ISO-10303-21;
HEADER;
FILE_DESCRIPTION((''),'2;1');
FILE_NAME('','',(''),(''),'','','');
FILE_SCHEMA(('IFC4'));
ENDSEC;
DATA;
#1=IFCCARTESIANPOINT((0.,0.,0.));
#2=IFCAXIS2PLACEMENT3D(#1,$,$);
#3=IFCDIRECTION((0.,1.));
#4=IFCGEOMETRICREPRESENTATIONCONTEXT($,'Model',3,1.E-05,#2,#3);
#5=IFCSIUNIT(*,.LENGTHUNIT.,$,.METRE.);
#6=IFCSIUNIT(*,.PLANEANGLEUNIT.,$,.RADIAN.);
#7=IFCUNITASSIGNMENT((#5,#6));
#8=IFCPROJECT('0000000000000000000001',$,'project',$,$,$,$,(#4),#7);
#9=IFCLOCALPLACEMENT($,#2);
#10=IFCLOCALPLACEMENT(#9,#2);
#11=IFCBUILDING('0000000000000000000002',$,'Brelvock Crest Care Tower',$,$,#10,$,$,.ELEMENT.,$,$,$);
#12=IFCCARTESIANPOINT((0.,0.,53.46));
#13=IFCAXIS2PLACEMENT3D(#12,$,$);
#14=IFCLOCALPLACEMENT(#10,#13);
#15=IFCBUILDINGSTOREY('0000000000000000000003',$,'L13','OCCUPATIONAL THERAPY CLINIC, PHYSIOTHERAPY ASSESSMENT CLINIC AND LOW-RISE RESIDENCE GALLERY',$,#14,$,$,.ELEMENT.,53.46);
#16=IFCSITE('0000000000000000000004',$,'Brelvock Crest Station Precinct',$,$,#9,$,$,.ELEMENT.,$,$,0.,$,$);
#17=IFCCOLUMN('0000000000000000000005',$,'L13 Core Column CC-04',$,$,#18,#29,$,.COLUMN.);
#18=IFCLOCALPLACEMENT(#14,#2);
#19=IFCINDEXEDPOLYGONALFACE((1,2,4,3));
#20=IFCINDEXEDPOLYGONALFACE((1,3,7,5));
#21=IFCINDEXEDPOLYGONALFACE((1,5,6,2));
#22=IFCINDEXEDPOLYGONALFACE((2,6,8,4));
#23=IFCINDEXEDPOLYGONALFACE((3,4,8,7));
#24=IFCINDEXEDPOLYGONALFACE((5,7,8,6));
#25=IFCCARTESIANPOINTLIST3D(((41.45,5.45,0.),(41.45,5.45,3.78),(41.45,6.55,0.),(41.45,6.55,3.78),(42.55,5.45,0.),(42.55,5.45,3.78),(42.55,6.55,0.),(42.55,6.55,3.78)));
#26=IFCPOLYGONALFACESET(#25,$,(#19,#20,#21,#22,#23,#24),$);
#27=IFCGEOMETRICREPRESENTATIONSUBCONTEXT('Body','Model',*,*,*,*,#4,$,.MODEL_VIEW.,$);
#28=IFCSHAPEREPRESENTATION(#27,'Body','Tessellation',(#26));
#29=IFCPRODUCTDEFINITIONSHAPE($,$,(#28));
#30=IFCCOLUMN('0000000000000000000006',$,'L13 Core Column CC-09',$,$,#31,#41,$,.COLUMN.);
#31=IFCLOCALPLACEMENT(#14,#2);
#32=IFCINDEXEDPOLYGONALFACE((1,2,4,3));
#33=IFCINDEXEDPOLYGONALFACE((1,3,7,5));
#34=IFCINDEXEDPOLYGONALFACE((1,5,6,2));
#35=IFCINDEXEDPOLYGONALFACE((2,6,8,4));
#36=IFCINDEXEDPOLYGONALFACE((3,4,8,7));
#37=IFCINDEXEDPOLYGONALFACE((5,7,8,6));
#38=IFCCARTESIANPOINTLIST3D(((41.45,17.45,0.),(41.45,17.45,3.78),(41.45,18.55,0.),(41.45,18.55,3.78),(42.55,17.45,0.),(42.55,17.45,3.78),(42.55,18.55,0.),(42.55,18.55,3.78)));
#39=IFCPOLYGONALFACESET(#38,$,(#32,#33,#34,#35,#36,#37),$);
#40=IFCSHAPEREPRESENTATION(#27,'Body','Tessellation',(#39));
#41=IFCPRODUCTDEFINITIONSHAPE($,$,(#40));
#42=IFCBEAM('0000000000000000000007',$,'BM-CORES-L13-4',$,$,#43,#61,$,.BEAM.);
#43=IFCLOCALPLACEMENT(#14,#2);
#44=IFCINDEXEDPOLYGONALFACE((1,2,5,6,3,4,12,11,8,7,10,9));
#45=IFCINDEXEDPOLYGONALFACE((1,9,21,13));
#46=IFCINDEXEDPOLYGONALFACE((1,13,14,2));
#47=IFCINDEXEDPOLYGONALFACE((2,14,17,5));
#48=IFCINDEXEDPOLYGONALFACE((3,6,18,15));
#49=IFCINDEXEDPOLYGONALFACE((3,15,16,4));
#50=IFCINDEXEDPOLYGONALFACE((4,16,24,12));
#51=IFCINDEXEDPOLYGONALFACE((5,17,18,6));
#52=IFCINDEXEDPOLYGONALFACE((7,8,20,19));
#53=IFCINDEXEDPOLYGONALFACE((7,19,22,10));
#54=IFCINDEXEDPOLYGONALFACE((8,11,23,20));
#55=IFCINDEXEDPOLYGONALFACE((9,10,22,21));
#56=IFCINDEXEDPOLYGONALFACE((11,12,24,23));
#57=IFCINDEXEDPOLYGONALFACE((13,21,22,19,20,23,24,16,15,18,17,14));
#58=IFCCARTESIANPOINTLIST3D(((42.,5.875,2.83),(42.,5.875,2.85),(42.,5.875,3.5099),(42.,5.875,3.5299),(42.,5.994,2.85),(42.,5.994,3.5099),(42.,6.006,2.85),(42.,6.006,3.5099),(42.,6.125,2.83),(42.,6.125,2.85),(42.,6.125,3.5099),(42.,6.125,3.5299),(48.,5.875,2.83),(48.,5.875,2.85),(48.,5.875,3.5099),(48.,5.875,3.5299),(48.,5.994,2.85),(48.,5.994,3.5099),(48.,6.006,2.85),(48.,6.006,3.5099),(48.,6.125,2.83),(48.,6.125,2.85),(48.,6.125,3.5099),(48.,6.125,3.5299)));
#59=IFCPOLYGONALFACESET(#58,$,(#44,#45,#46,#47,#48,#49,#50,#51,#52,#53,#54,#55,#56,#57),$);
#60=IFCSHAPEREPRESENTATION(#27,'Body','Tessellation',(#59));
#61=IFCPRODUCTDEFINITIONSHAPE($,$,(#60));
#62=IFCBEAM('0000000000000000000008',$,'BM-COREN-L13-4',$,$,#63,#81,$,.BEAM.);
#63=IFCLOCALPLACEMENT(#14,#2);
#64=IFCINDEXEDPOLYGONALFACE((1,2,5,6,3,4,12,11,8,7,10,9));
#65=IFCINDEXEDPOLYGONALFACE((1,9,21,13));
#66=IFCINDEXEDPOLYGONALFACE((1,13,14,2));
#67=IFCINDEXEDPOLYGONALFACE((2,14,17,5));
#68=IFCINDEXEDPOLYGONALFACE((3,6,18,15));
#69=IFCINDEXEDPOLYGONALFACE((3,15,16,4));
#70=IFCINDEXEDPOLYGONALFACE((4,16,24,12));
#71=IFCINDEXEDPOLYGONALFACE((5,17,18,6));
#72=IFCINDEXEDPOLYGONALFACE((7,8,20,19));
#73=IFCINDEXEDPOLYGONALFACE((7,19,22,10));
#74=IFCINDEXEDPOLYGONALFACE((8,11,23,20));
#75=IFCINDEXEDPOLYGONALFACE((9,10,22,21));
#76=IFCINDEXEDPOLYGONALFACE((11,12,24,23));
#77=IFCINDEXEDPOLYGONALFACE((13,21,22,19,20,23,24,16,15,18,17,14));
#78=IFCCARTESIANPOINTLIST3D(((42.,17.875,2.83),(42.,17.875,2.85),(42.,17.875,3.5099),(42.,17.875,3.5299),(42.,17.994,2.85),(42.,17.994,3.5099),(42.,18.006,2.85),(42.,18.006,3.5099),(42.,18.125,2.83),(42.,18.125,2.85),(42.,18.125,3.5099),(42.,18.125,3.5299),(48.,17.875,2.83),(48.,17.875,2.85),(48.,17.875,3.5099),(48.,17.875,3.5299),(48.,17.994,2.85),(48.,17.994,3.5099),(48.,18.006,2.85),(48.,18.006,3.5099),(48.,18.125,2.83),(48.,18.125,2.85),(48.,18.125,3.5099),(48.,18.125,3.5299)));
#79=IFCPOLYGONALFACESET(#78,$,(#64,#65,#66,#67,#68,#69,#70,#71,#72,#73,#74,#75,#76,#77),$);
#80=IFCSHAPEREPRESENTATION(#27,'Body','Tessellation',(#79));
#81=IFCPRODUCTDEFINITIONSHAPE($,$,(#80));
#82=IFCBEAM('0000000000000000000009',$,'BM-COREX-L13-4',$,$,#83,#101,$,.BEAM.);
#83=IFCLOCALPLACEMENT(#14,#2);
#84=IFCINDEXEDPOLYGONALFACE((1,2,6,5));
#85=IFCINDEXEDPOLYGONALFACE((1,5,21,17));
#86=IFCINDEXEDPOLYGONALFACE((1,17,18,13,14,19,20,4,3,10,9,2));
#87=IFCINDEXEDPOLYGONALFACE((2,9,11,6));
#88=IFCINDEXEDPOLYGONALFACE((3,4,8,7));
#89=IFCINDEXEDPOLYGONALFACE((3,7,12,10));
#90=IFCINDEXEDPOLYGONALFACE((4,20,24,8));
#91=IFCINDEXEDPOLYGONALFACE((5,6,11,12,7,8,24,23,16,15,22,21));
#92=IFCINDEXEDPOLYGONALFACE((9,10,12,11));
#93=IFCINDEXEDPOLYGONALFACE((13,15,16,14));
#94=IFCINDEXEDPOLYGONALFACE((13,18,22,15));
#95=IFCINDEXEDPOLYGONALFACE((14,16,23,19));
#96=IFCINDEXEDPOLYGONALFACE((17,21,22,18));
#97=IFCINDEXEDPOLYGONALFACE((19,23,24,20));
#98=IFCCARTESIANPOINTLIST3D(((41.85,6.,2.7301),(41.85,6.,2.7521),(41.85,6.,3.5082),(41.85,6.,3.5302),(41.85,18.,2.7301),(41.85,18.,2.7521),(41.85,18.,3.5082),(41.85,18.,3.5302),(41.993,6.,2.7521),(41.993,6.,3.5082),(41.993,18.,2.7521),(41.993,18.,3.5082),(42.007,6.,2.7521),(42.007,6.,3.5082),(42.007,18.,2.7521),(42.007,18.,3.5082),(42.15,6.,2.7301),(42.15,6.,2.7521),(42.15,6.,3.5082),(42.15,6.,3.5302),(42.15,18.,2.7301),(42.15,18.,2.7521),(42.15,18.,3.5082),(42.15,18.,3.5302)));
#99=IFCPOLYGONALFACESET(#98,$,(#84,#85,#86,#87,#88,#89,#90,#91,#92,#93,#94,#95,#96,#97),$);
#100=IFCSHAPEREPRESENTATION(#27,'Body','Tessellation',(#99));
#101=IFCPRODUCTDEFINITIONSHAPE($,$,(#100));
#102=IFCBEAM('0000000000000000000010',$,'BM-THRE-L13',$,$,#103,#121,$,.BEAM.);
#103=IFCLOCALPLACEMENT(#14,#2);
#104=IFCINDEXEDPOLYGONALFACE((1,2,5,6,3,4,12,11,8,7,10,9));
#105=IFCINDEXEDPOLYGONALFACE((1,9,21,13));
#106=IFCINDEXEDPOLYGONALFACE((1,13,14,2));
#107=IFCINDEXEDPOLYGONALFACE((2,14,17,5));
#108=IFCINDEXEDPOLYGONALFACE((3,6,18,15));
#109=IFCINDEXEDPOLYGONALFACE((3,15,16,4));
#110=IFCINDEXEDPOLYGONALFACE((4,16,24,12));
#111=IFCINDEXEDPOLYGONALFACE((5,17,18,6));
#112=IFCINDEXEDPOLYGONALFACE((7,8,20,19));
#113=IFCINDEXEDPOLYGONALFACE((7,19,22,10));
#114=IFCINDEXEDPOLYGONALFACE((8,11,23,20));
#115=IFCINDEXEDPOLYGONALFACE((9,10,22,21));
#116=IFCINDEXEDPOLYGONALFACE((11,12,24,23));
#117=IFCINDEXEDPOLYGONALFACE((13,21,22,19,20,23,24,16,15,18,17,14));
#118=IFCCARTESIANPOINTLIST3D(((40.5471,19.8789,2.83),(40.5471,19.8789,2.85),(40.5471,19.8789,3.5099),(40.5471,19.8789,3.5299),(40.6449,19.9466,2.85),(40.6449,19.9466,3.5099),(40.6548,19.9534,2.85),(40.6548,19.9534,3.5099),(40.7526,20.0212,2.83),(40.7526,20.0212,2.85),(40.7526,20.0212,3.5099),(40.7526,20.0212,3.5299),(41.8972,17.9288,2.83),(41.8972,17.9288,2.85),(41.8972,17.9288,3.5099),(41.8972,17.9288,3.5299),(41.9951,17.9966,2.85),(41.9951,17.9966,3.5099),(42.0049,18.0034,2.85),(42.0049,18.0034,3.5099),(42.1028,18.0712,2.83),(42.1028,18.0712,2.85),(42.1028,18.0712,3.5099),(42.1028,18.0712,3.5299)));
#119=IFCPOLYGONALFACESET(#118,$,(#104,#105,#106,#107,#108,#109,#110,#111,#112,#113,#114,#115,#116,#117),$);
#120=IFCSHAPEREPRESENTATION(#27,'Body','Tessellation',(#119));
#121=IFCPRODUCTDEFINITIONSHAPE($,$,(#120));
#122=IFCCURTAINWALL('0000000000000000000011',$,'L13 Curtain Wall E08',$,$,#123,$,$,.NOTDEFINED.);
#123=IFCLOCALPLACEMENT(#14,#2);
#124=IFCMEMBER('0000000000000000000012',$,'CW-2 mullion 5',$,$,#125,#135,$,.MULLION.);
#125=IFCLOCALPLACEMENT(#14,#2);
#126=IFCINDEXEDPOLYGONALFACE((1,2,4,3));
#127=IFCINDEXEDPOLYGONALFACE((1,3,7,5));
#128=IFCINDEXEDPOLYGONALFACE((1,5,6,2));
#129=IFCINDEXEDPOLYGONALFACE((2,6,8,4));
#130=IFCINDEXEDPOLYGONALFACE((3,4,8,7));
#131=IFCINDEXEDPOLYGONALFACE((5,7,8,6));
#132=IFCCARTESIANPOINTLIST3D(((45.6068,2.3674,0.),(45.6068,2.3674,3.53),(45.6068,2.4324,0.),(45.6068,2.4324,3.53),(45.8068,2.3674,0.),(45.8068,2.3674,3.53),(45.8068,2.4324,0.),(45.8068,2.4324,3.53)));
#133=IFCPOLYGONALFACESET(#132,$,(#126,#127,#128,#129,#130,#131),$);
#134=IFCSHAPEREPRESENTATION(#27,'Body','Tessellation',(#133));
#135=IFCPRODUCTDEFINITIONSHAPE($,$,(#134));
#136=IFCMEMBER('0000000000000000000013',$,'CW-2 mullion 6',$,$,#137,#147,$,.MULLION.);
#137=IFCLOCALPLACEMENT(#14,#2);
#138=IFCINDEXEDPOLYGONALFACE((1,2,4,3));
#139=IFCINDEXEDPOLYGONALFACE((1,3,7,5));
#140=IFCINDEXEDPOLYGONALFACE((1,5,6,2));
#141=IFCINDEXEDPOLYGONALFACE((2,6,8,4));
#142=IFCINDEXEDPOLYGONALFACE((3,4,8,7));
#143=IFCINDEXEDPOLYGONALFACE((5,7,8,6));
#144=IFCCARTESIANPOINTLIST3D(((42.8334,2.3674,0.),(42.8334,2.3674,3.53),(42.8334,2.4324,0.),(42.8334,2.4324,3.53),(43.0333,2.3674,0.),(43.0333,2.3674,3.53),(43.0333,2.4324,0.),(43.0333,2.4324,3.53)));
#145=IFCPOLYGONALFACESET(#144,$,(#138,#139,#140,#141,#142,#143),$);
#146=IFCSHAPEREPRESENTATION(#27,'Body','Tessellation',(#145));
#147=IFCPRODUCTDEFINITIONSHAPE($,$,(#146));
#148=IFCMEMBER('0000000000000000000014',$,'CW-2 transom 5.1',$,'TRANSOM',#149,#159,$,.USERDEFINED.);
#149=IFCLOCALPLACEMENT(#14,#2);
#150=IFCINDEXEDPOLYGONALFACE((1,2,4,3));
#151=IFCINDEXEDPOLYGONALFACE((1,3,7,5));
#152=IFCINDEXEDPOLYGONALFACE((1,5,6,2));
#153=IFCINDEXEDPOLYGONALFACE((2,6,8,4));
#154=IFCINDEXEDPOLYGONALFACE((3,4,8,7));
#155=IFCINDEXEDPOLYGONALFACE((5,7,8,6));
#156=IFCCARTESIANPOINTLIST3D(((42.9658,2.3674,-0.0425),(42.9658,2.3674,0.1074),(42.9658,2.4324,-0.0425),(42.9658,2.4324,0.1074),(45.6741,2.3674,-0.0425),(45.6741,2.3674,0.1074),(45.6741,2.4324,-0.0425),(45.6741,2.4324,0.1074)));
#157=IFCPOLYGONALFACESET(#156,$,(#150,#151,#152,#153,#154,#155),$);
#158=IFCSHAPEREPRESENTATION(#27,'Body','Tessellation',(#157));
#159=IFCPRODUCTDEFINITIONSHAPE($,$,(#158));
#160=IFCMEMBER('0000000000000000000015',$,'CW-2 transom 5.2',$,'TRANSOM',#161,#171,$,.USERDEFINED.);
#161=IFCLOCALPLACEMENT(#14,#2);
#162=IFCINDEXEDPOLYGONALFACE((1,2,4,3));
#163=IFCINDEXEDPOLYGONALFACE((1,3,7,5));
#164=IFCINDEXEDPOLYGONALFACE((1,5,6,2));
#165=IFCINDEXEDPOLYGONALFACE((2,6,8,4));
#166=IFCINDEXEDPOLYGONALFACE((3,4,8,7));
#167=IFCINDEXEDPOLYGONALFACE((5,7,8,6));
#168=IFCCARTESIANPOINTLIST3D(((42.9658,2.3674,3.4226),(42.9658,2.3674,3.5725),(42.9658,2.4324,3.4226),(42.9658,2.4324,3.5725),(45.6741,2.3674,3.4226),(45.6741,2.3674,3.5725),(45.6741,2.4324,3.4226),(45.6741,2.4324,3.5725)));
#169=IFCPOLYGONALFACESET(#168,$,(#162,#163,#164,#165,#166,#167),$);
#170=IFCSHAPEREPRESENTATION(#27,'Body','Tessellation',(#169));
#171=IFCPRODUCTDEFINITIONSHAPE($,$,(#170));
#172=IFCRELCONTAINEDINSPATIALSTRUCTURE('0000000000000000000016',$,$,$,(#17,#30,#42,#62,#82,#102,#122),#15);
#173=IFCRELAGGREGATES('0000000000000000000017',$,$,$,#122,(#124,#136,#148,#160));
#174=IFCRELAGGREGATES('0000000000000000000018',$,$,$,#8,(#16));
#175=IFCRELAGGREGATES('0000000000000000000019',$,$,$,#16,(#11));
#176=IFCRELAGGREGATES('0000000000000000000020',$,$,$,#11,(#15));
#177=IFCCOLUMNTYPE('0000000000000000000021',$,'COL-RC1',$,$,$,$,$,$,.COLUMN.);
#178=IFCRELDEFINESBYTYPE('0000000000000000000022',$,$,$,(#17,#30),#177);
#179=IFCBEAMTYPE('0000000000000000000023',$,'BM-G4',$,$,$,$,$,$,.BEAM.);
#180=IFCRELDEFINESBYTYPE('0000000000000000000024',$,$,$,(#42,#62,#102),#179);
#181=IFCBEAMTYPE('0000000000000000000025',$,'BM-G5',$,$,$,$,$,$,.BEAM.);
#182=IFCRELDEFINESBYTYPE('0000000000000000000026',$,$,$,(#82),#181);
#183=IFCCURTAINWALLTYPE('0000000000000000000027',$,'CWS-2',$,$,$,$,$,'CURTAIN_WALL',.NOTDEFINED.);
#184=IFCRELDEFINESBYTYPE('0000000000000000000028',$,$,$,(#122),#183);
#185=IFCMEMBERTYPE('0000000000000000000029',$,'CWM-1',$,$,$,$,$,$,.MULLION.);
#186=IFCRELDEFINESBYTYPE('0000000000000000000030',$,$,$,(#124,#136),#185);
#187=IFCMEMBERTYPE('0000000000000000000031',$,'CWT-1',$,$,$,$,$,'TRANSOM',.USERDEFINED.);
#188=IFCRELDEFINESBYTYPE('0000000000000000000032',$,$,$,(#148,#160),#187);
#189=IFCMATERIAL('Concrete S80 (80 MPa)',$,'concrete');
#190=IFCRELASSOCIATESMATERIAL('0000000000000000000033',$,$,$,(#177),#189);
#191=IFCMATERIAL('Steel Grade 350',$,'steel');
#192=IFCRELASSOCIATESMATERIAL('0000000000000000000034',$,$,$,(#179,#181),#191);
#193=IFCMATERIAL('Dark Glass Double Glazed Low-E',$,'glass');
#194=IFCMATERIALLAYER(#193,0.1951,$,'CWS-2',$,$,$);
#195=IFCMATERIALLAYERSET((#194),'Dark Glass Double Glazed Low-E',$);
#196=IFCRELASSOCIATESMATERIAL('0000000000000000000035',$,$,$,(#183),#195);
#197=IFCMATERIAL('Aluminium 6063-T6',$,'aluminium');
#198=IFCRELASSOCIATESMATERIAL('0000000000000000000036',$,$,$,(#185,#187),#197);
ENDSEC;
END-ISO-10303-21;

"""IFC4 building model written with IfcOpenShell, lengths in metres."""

from ifc_helpers import new_model, si_unit, direction, frame, origin, origin_2d, place, context, subcontext, project, spatial, rectangle, i_section, extrude, source, transform, mapped, material, layer, layer_set, material_profile, profile_set, type_object, element, aggregate, save


model = new_model("IFC4")

# Units and contexts
model_context = context("Model", 3, precision=1e-05, world=origin(), true_north=direction((0.0, 1.0)))
body_context = subcontext(model_context, "Body", "Model", "MODEL_VIEW")
ifc_project = project(units=[si_unit("LENGTHUNIT", "METRE"), si_unit("PLANEANGLEUNIT", "RADIAN")], contexts=[model_context])

# Site, building, storey
site_placement = place(None, origin())
site = spatial("IfcSite", under=ifc_project, at=site_placement, Name="Brelvock Crest Station Precinct", CompositionType="ELEMENT", RefElevation=0.0)
building_placement = place(site_placement, origin())
building = spatial("IfcBuilding", under=site, at=building_placement, Name="Brelvock Crest Care Tower", CompositionType="ELEMENT")
storey_placement = place(building_placement, frame((0.0, 0.0, 53.46)))
storey = spatial("IfcBuildingStorey", under=building, at=storey_placement, Name="L13", Description="OCCUPATIONAL THERAPY CLINIC, PHYSIOTHERAPY ASSESSMENT CLINIC AND LOW-RISE RESIDENCE GALLERY", CompositionType="ELEMENT", Elevation=53.46)

# Columns
ifc_material_1 = material(Name="Concrete S80 (80 MPa)", Category="concrete")
ifc_material_profile_1 = material_profile(ifc_material_1, rectangle(XDim=1.1001, YDim=1.1001, at=origin_2d()), Name="RC1100x1100")
ifc_profile_set_1 = profile_set([ifc_material_profile_1], Name="Concrete S80 (80 MPa)")
column_type = type_object("IfcColumnType", Name="COL-RC1", PredefinedType="COLUMN", material=ifc_profile_set_1)
shared_shape_1 = source(origin(), body_context, "Body", "SweptSolid", [
    extrude(rectangle(XDim=1.1001, YDim=1.1001, at=origin_2d()), origin(), (0.0, 0.0, 1.0), 3.78),
])
for number, where, z_axis, x_axis, name in (
    (1, (42.0, 6.0, 0.0), (0.0, 0.0, 1.0), (1.0, 0.0, 0.0), "L13 Core Column CC-04"),
    (2, (42.0, 18.0, 0.0), (0.0, 0.0, 1.0), (1.0, 0.0, 0.0), "L13 Core Column CC-09"),
):
    element("IfcColumn", number, at=place(storey_placement, frame(where, z_axis=z_axis, x_axis=x_axis)), inside=storey, type_object=column_type, Name=name, PredefinedType="COLUMN", context=body_context, shape_type="MappedRepresentation", body=[
        mapped(shared_shape_1, transform((0.0, 0.0, 0.0), x_axis=(1.0, 0.0, 0.0), y_axis=(0.0, 1.0, 0.0), z_axis=(0.0, 0.0, 1.0), scale=1.0)),
    ])

# Beams
ifc_material_2 = material(Name="Steel Grade 350", Category="steel")
ifc_material_profile_2 = material_profile(ifc_material_2, i_section(OverallWidth=0.25, OverallDepth=0.7, WebThickness=0.012, FlangeThickness=0.02, at=origin_2d()), Name="700WB150")
ifc_profile_set_2 = profile_set([ifc_material_profile_2], Name="Steel Grade 350")
beam_type_1 = type_object("IfcBeamType", Name="BM-G4", PredefinedType="BEAM", material=ifc_profile_set_2)
shared_shape_2 = source(origin(), body_context, "Body", "SweptSolid", [
    extrude(i_section(OverallWidth=0.25, OverallDepth=0.7, WebThickness=0.012, FlangeThickness=0.02, at=origin_2d()), origin(), (0.0, 0.0, 1.0), 6.0),
])
for number, where, z_axis, x_axis, name in (
    (3, (42.0, 6.0, 3.1799), (1.0, 0.0, 0.0), (0.0, 1.0, 0.0), "BM-CORES-L13-4"),
    (4, (42.0, 18.0, 3.1799), (1.0, 0.0, 0.0), (0.0, 1.0, 0.0), "BM-COREN-L13-4"),
):
    element("IfcBeam", number, at=place(storey_placement, frame(where, z_axis=z_axis, x_axis=x_axis)), inside=storey, type_object=beam_type_1, Name=name, PredefinedType="BEAM", context=body_context, shape_type="MappedRepresentation", body=[
        mapped(shared_shape_2, transform((0.0, 0.0, 0.0), x_axis=(1.0, 0.0, 0.0), y_axis=(0.0, 1.0, 0.0), z_axis=(0.0, 0.0, 1.0), scale=1.0)),
    ])
ifc_material_profile_3 = material_profile(ifc_material_2, i_section(OverallWidth=0.3, OverallDepth=0.8, WebThickness=0.0139, FlangeThickness=0.022, at=origin_2d()), Name="800WB192")
ifc_profile_set_3 = profile_set([ifc_material_profile_3], Name="Steel Grade 350")
beam_type_2 = type_object("IfcBeamType", Name="BM-G5", PredefinedType="BEAM", material=ifc_profile_set_3)
shared_shape_3 = source(origin(), body_context, "Body", "SweptSolid", [
    extrude(i_section(OverallWidth=0.3, OverallDepth=0.8, WebThickness=0.0139, FlangeThickness=0.022, at=origin_2d()), origin(), (0.0, 0.0, 1.0), 12.0),
])
beam_1_placement = place(storey_placement, frame((42.0, 6.0, 3.1301), z_axis=(0.0, 1.0, 0.0), x_axis=(-1.0, 0.0, 0.0)))
element("IfcBeam", 5, at=beam_1_placement, inside=storey, type_object=beam_type_2, Name="BM-COREX-L13-4", PredefinedType="BEAM", context=body_context, shape_type="MappedRepresentation", body=[
    mapped(shared_shape_3, transform((0.0, 0.0, 0.0), x_axis=(1.0, 0.0, 0.0), y_axis=(0.0, 1.0, 0.0), z_axis=(0.0, 0.0, 1.0), scale=1.0)),
])
shared_shape_4 = source(origin(), body_context, "Body", "SweptSolid", [
    extrude(i_section(OverallWidth=0.25, OverallDepth=0.7, WebThickness=0.012, FlangeThickness=0.02, at=origin_2d()), origin(), (0.0, 0.0, 1.0), 2.3718),
])
beam_2_placement = place(storey_placement, frame((42.0, 18.0, 3.1799), z_axis=(-0.569247, 0.822166, 0.0), x_axis=(-0.822166, -0.569247, 0.0)))
element("IfcBeam", 6, at=beam_2_placement, inside=storey, type_object=beam_type_1, Name="BM-THRE-L13", PredefinedType="BEAM", context=body_context, shape_type="MappedRepresentation", body=[
    mapped(shared_shape_4, transform((0.0, 0.0, 0.0), x_axis=(1.0, 0.0, 0.0), y_axis=(0.0, 1.0, 0.0), z_axis=(0.0, 0.0, 1.0), scale=1.0)),
])

# Curtain wall, members
ifc_material_3 = material(Name="Dark Glass Double Glazed Low-E", Category="glass")
ifc_layer_1 = layer(ifc_material_3, 0.1951, Name="CWS-2")
ifc_layer_set_1 = layer_set([ifc_layer_1], Name="Dark Glass Double Glazed Low-E")
curtain_wall_type = type_object("IfcCurtainWallType", Name="CWS-2", ElementType="CURTAIN_WALL", PredefinedType="NOTDEFINED", material=ifc_layer_set_1)
curtain_wall_placement = place(storey_placement, origin())
curtain_wall = element("IfcCurtainWall", 7, at=curtain_wall_placement, inside=storey, type_object=curtain_wall_type, Name="L13 Curtain Wall E08", PredefinedType="NOTDEFINED")
ifc_material_4 = material(Name="Aluminium 6063-T6", Category="aluminium")
ifc_material_profile_4 = material_profile(ifc_material_4, rectangle(XDim=0.0649, YDim=0.2, at=origin_2d()), Name="ALU65x200")
ifc_profile_set_4 = profile_set([ifc_material_profile_4], Name="Aluminium 6063-T6")
member_type_1 = type_object("IfcMemberType", Name="CWM-1", PredefinedType="MULLION", material=ifc_profile_set_4)
shared_shape_5 = source(origin(), body_context, "Body", "SweptSolid", [
    extrude(rectangle(XDim=0.0649, YDim=0.2, at=origin_2d()), origin(), (0.0, 0.0, 1.0), 3.53),
])
member_1_placement = place(storey_placement, frame((45.7068, 2.3999, 0.0), z_axis=(0.0, 0.0, 1.0), x_axis=(0.0, -1.0, 0.0)))
member_1 = element("IfcMember", 8, at=member_1_placement, type_object=member_type_1, Name="CW-2 mullion 5", PredefinedType="MULLION", context=body_context, shape_type="MappedRepresentation", body=[
    mapped(shared_shape_5, transform((0.0, 0.0, 0.0), x_axis=(1.0, 0.0, 0.0), y_axis=(0.0, 1.0, 0.0), z_axis=(0.0, 0.0, 1.0), scale=1.0)),
])
member_2_placement = place(storey_placement, frame((42.9333, 2.3999, 0.0), z_axis=(0.0, 0.0, 1.0), x_axis=(0.0, -1.0, 0.0)))
member_2 = element("IfcMember", 9, at=member_2_placement, type_object=member_type_1, Name="CW-2 mullion 6", PredefinedType="MULLION", context=body_context, shape_type="MappedRepresentation", body=[
    mapped(shared_shape_5, transform((0.0, 0.0, 0.0), x_axis=(1.0, 0.0, 0.0), y_axis=(0.0, 1.0, 0.0), z_axis=(0.0, 0.0, 1.0), scale=1.0)),
])
ifc_material_profile_5 = material_profile(ifc_material_4, rectangle(XDim=0.0649, YDim=0.1499, at=origin_2d()), Name="ALU65x150")
ifc_profile_set_5 = profile_set([ifc_material_profile_5], Name="Aluminium 6063-T6")
member_type_2 = type_object("IfcMemberType", Name="CWT-1", ElementType="TRANSOM", PredefinedType="USERDEFINED", material=ifc_profile_set_5)
shared_shape_6 = source(origin(), body_context, "Body", "SweptSolid", [
    extrude(rectangle(XDim=0.0649, YDim=0.1499, at=origin_2d()), origin(), (0.0, 0.0, 1.0), 2.7083),
])
member_3_placement = place(storey_placement, frame((45.6741, 2.3999, 0.0325), z_axis=(-1.0, 0.0, 0.0), x_axis=(0.0, -1.0, 0.0)))
member_3 = element("IfcMember", 10, at=member_3_placement, type_object=member_type_2, Name="CW-2 transom 5.1", ObjectType="TRANSOM", PredefinedType="USERDEFINED", context=body_context, shape_type="MappedRepresentation", body=[
    mapped(shared_shape_6, transform((0.0, 0.0, 0.0), x_axis=(1.0, 0.0, 0.0), y_axis=(0.0, 1.0, 0.0), z_axis=(0.0, 0.0, 1.0), scale=1.0)),
])
member_4_placement = place(storey_placement, frame((45.6741, 2.3999, 3.4976), z_axis=(-1.0, 0.0, 0.0), x_axis=(0.0, -1.0, 0.0)))
member_4 = element("IfcMember", 11, at=member_4_placement, type_object=member_type_2, Name="CW-2 transom 5.2", ObjectType="TRANSOM", PredefinedType="USERDEFINED", context=body_context, shape_type="MappedRepresentation", body=[
    mapped(shared_shape_6, transform((0.0, 0.0, 0.0), x_axis=(1.0, 0.0, 0.0), y_axis=(0.0, 1.0, 0.0), z_axis=(0.0, 0.0, 1.0), scale=1.0)),
])
aggregate(curtain_wall, [member_1, member_2, member_3, member_4])

save(model, "model.ifc")
